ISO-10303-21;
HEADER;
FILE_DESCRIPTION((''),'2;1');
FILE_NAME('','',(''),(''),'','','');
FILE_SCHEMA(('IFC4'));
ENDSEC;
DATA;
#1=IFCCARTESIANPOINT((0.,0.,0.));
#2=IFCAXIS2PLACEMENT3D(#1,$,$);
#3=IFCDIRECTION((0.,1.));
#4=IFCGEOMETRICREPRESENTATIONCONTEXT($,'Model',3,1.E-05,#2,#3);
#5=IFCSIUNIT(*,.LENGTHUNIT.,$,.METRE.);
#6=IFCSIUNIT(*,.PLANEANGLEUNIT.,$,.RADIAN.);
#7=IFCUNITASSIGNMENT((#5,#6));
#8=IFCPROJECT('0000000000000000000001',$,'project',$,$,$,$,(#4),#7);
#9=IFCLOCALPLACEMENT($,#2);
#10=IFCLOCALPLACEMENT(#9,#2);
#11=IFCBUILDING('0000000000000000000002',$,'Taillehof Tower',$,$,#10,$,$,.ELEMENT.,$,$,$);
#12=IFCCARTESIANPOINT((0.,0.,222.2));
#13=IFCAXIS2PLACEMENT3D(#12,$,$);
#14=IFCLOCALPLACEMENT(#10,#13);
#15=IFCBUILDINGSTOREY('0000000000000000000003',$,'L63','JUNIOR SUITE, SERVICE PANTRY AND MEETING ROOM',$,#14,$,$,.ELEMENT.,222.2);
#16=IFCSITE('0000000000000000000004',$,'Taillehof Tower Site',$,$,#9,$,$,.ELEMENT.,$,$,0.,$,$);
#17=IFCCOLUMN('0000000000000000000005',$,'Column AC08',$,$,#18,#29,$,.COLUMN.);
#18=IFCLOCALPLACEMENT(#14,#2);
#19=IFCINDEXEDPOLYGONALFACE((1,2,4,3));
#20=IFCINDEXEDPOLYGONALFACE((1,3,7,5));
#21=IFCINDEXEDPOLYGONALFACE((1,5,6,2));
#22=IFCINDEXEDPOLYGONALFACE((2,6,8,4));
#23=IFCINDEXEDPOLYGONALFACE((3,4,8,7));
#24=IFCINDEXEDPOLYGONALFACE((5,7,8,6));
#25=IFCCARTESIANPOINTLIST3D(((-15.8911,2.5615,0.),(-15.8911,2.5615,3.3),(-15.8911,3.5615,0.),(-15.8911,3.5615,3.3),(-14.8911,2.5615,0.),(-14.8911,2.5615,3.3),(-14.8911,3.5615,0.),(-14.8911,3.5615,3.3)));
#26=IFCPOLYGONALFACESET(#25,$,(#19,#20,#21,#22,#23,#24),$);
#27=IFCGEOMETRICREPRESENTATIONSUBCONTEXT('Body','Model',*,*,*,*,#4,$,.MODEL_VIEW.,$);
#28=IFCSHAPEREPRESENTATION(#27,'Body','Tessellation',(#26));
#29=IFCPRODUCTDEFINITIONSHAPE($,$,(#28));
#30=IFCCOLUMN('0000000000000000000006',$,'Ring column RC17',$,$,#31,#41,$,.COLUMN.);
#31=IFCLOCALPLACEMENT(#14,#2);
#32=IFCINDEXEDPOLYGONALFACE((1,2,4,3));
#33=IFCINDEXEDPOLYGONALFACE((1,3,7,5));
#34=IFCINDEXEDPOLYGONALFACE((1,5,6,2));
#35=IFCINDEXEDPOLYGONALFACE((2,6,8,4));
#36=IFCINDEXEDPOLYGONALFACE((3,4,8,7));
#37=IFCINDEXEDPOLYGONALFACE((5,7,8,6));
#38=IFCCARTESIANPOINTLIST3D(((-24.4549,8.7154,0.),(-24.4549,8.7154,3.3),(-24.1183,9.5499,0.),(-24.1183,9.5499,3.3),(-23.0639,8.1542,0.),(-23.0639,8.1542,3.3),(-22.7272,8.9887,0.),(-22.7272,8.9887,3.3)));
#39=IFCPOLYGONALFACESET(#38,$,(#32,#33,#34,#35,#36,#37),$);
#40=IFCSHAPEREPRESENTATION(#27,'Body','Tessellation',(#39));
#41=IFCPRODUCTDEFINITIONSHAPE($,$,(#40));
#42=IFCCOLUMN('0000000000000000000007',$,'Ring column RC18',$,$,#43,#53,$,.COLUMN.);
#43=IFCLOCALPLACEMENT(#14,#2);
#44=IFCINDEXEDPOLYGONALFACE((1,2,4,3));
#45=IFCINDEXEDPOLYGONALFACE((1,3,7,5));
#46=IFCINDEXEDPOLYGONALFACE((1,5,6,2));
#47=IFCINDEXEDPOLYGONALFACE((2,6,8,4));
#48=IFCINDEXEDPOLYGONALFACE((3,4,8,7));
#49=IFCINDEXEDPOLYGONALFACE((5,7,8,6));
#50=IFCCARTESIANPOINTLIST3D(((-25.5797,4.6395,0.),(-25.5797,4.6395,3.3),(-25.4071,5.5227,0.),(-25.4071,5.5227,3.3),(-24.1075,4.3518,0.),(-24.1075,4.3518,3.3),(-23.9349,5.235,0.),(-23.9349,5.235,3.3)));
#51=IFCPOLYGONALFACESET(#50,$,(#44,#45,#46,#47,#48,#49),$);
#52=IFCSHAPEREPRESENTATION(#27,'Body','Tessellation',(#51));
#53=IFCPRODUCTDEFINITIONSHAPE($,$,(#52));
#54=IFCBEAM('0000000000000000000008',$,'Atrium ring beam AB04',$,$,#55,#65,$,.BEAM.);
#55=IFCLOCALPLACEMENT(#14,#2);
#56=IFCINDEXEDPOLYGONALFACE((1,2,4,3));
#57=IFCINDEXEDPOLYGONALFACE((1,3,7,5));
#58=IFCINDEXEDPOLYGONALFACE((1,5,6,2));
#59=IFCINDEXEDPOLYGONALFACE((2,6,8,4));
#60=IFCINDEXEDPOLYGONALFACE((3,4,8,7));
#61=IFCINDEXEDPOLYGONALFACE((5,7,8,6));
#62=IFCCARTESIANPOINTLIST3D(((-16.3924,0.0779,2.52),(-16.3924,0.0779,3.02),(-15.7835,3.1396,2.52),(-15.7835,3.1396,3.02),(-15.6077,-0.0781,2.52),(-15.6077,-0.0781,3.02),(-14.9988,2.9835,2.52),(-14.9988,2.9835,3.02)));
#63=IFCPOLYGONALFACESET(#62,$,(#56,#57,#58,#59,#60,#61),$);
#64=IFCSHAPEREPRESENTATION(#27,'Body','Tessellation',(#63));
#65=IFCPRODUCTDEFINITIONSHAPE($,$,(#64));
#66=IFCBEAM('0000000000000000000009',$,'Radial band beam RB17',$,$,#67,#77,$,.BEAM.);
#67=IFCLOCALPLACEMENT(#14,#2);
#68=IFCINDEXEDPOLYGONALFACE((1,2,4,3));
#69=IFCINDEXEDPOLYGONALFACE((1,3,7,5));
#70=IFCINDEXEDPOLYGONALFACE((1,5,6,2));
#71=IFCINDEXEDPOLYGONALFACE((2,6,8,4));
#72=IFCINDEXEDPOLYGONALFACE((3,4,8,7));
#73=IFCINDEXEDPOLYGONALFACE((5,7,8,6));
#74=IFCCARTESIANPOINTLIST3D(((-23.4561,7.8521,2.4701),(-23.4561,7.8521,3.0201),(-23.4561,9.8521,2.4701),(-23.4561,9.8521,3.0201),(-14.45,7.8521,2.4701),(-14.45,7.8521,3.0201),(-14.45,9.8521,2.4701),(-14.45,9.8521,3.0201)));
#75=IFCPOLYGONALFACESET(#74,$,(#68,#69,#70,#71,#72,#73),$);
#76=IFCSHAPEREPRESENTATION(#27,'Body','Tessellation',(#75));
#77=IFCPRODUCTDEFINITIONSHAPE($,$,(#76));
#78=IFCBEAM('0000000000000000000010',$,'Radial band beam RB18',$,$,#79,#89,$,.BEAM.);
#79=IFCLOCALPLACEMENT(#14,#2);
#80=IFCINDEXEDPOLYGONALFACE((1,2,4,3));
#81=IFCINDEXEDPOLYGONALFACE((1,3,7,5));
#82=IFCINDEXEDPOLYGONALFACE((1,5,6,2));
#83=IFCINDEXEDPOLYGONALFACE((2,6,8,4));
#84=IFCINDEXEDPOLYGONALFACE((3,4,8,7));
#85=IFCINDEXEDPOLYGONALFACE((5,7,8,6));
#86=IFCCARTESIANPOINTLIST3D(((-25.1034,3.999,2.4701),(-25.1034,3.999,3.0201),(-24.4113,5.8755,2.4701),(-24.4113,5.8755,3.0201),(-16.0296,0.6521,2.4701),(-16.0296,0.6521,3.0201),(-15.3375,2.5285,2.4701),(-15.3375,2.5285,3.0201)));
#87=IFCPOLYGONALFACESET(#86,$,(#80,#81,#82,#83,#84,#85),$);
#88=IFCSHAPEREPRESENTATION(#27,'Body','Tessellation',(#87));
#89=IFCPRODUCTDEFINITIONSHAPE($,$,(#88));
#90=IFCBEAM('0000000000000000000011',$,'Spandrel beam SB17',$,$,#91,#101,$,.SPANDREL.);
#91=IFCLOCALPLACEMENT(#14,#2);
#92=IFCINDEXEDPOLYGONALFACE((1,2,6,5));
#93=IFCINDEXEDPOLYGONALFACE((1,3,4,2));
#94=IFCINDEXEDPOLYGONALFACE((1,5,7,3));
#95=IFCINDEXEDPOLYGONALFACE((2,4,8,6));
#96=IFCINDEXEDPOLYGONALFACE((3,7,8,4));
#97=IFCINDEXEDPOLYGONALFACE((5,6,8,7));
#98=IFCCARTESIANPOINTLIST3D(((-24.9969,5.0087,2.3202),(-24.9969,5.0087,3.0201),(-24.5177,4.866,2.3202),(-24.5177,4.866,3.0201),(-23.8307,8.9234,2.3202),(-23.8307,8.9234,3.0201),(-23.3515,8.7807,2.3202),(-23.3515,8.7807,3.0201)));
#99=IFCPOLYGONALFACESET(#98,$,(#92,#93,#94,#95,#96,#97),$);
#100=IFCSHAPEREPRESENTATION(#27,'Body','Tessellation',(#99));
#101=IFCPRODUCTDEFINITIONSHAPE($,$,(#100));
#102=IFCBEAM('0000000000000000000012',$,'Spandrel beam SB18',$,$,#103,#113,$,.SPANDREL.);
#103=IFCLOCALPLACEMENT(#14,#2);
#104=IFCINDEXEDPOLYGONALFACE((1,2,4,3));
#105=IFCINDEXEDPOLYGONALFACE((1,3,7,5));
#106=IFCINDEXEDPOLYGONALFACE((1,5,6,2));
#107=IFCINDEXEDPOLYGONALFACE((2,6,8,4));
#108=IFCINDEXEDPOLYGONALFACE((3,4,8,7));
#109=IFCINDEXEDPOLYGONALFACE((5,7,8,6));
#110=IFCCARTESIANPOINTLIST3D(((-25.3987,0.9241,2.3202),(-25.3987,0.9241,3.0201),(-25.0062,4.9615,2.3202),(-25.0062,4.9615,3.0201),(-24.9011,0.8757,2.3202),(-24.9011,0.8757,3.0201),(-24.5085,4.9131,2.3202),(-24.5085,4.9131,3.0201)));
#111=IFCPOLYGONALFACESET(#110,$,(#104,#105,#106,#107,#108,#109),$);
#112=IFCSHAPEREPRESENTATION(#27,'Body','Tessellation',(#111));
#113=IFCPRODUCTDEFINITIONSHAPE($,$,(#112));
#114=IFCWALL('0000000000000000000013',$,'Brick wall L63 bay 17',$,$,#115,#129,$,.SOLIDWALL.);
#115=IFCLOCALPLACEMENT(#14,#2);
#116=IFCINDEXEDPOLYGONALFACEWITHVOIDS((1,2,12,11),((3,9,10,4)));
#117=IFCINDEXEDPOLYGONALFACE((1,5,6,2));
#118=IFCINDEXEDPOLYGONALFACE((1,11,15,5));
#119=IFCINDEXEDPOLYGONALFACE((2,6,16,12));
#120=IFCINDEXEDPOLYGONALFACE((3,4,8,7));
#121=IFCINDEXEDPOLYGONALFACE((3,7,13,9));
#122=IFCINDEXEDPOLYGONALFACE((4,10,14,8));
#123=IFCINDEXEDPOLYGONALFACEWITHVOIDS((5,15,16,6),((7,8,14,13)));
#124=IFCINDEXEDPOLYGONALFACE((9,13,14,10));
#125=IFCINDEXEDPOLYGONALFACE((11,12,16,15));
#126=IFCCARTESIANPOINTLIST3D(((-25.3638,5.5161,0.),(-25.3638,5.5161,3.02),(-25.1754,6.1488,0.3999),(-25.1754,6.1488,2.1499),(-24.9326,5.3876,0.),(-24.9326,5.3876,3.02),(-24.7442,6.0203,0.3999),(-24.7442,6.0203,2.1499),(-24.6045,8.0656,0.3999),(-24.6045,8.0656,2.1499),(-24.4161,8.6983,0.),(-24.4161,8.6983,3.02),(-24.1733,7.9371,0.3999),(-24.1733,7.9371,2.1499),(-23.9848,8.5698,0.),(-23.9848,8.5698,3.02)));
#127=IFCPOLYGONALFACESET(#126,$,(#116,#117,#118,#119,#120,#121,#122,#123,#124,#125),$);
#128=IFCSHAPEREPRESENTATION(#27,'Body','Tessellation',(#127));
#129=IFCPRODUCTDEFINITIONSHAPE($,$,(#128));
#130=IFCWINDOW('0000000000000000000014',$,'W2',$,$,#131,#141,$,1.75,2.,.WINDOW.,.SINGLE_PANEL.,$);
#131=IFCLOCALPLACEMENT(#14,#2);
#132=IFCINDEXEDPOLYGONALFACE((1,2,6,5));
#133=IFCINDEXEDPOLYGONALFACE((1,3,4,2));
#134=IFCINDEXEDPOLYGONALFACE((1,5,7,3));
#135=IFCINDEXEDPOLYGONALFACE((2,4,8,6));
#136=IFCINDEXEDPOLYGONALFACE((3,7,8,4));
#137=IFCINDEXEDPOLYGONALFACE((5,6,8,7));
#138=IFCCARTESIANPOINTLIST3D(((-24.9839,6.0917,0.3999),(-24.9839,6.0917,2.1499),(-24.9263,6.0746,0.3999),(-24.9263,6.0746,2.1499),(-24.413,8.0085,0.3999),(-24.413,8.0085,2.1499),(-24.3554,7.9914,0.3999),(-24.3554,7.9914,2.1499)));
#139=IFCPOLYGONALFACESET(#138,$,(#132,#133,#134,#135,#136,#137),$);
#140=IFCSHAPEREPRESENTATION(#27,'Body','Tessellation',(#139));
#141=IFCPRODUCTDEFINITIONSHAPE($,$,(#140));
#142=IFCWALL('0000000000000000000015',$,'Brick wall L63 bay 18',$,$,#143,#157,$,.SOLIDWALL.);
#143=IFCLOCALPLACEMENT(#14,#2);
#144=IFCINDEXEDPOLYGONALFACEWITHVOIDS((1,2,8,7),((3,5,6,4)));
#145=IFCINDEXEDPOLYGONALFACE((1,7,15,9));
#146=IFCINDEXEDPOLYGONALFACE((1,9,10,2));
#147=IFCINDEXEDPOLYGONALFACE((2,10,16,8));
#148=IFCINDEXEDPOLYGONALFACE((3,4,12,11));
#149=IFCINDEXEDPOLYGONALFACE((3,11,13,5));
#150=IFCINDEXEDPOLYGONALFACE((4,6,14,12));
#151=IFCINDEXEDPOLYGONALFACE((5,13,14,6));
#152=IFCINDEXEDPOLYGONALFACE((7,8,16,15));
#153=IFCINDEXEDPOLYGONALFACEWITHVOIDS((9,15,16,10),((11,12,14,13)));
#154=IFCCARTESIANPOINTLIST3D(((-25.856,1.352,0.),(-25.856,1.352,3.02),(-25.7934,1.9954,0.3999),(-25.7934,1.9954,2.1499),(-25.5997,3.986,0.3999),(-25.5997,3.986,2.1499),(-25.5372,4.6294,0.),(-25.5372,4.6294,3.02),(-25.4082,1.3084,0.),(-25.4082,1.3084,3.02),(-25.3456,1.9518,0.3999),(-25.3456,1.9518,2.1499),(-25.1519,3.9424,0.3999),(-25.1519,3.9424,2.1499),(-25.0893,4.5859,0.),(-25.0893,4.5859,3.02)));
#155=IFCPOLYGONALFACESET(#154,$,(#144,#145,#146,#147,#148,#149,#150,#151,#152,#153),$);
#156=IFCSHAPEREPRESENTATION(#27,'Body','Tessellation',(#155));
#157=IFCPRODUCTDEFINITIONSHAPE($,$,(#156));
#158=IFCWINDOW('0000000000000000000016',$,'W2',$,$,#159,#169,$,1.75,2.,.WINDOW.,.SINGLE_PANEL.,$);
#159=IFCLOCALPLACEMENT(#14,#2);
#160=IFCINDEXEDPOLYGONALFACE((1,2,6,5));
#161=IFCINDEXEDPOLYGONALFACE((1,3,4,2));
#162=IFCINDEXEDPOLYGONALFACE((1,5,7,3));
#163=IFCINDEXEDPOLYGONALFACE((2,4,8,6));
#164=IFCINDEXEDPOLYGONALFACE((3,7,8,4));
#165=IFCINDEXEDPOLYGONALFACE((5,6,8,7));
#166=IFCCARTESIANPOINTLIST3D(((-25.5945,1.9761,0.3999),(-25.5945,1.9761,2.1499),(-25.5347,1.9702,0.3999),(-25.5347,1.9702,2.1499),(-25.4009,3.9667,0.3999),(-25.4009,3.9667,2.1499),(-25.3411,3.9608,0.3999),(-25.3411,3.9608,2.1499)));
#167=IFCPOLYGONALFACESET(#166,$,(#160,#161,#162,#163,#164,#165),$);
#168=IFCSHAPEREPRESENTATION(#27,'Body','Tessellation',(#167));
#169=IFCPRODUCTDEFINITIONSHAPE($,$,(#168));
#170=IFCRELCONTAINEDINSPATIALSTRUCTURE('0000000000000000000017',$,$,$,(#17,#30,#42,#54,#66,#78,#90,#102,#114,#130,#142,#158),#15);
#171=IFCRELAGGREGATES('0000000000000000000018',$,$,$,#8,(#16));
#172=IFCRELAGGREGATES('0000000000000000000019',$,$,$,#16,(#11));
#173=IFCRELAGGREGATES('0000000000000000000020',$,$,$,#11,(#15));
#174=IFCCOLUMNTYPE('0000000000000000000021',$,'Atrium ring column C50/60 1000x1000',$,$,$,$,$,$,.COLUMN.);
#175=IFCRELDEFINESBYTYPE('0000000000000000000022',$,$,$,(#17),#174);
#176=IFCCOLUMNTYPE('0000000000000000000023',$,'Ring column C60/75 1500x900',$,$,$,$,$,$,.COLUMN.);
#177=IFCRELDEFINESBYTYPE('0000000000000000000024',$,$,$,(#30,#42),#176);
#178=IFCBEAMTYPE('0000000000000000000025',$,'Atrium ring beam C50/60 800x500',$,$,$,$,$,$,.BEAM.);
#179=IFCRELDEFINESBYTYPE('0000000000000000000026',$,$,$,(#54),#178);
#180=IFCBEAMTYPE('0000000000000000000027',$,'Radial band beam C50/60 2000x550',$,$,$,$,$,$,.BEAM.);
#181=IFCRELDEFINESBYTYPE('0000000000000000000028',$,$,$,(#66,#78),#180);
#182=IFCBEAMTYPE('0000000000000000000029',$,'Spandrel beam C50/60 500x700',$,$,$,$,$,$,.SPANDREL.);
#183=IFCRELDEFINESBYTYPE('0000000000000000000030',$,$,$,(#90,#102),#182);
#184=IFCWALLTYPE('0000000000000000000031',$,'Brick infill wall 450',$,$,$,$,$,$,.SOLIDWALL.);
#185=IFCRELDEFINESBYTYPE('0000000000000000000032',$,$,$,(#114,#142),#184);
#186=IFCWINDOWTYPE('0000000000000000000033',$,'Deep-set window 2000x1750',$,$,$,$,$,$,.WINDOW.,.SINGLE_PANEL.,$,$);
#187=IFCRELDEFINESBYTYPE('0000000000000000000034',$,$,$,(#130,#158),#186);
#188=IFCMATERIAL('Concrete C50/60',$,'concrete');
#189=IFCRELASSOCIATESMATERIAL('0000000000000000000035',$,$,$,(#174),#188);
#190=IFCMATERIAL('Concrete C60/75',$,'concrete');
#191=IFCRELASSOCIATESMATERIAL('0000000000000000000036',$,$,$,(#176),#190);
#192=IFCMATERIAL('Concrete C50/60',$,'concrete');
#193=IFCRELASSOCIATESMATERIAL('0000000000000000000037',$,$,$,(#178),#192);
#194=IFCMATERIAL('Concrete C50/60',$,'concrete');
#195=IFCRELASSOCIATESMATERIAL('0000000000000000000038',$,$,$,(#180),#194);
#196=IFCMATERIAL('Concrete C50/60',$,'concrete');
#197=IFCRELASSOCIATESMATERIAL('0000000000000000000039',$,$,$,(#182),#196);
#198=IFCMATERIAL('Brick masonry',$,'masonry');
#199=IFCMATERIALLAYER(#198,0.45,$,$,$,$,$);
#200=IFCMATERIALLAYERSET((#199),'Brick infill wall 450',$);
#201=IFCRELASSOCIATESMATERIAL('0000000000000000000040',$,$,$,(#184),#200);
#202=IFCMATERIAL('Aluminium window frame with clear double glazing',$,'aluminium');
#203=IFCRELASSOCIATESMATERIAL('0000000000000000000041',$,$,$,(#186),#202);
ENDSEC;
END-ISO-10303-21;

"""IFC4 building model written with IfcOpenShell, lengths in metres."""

from ifc_helpers import new_model, si_unit, direction, frame, frame_2d, origin, origin_2d, place, context, subcontext, project, spatial, rectangle, extrude, material, layer, layer_set, material_profile, profile_set, type_object, element, fill, save


model = new_model("IFC4")

# Units and contexts
model_context = context("Model", 3, precision=1e-05, world=origin(), true_north=direction((0.0, 1.0)))
body_context = subcontext(model_context, "Body", "Model", "MODEL_VIEW")
ifc_project = project(units=[si_unit("LENGTHUNIT", "METRE"), si_unit("PLANEANGLEUNIT", "RADIAN")], contexts=[model_context])

# Site, building, storey
site_placement = place(None, origin())
site = spatial("IfcSite", under=ifc_project, at=site_placement, Name="Taillehof Tower Site", CompositionType="ELEMENT", RefElevation=0.0)
building_placement = place(site_placement, origin())
building = spatial("IfcBuilding", under=site, at=building_placement, Name="Taillehof Tower", CompositionType="ELEMENT")
storey_placement = place(building_placement, frame((0.0, 0.0, 222.2)))
storey = spatial("IfcBuildingStorey", under=building, at=storey_placement, Name="L63", Description="JUNIOR SUITE, SERVICE PANTRY AND MEETING ROOM", CompositionType="ELEMENT", Elevation=222.2)

# Columns
ifc_material_1 = material(Name="Concrete C50/60", Category="concrete")
ifc_material_profile_1 = material_profile(ifc_material_1, rectangle(XDim=1.0, YDim=1.0, at=origin_2d()), Name="RC 1000x1000")
ifc_profile_set_1 = profile_set([ifc_material_profile_1], Name="Concrete C50/60")
column_type_1 = type_object("IfcColumnType", Name="Atrium ring column C50/60 1000x1000", PredefinedType="COLUMN", material=ifc_profile_set_1)
column_placement = place(storey_placement, frame((-15.3911, 3.0615, 0.0), z_axis=(0.0, 0.0, 1.0), x_axis=(1.0, 0.0, 0.0)))
element("IfcColumn", 1, at=column_placement, inside=storey, type_object=column_type_1, Name="Column AC08", PredefinedType="COLUMN", context=body_context, shape_type="SweptSolid", body=[
    extrude(rectangle(XDim=1.0, YDim=1.0, at=origin_2d()), origin(), (0.0, 0.0, 1.0), 3.3),
])
ifc_material_2 = material(Name="Concrete C60/75", Category="concrete")
ifc_material_profile_2 = material_profile(ifc_material_2, rectangle(XDim=1.5, YDim=0.8999, at=origin_2d()), Name="RC 1500x900")
ifc_profile_set_2 = profile_set([ifc_material_profile_2], Name="Concrete C60/75")
column_type_2 = type_object("IfcColumnType", Name="Ring column C60/75 1500x900", PredefinedType="COLUMN", material=ifc_profile_set_2)
for number, where, z_axis, x_axis, name in (
    (2, (-23.5911, 8.8521, 0.0), (0.0, 0.0, 1.0), (-0.927385, 0.374108, 0.0), "Ring column RC17"),
    (3, (-24.7573, 4.9373, 0.0), (0.0, 0.0, 1.0), (-0.981434, 0.191801, 0.0), "Ring column RC18"),
):
    element("IfcColumn", number, at=place(storey_placement, frame(where, z_axis=z_axis, x_axis=x_axis)), inside=storey, type_object=column_type_2, Name=name, PredefinedType="COLUMN", context=body_context, shape_type="SweptSolid", body=[
        extrude(rectangle(XDim=1.5, YDim=0.8999, at=origin_2d()), origin(), (0.0, 0.0, 1.0), 3.3),
    ])

# Beams
ifc_material_3 = material(Name="Concrete C50/60", Category="concrete")
ifc_material_profile_3 = material_profile(ifc_material_3, rectangle(XDim=0.8, YDim=0.5, at=origin_2d()), Name="RC 800x500")
ifc_profile_set_3 = profile_set([ifc_material_profile_3], Name="Concrete C50/60")
beam_type_1 = type_object("IfcBeamType", Name="Atrium ring beam C50/60 800x500", PredefinedType="BEAM", material=ifc_profile_set_3)
beam_1_placement = place(storey_placement, frame((-15.3911, 3.0615, 2.77), z_axis=(-0.195063, -0.980791, 0.0), x_axis=(0.980791, -0.195063, 0.0)))
element("IfcBeam", 4, at=beam_1_placement, inside=storey, type_object=beam_type_1, Name="Atrium ring beam AB04", PredefinedType="BEAM", context=body_context, shape_type="SweptSolid", body=[
    extrude(rectangle(XDim=0.8, YDim=0.5, at=origin_2d()), origin(), (0.0, 0.0, 1.0), 3.1216),
])
ifc_material_4 = material(Name="Concrete C50/60", Category="concrete")
ifc_material_profile_4 = material_profile(ifc_material_4, rectangle(XDim=2.0, YDim=0.55, at=origin_2d()), Name="RC 2000x550")
ifc_profile_set_4 = profile_set([ifc_material_profile_4], Name="Concrete C50/60")
beam_type_2 = type_object("IfcBeamType", Name="Radial band beam C50/60 2000x550", PredefinedType="BEAM", material=ifc_profile_set_4)
beam_2_placement = place(storey_placement, frame((-23.4561, 8.8521, 2.7451), z_axis=(1.0, 0.0, 0.0), x_axis=(0.0, 1.0, 0.0)))
element("IfcBeam", 5, at=beam_2_placement, inside=storey, type_object=beam_type_2, Name="Radial band beam RB17", PredefinedType="BEAM", context=body_context, shape_type="SweptSolid", body=[
    extrude(rectangle(XDim=2.0, YDim=0.55, at=origin_2d()), origin(), (0.0, 0.0, 1.0), 9.0061),
])
beam_3_placement = place(storey_placement, frame((-24.7573, 4.9373, 2.7451), z_axis=(0.93821, -0.346067, 0.0), x_axis=(0.346067, 0.93821, 0.0)))
element("IfcBeam", 6, at=beam_3_placement, inside=storey, type_object=beam_type_2, Name="Radial band beam RB18", PredefinedType="BEAM", context=body_context, shape_type="SweptSolid", body=[
    extrude(rectangle(XDim=2.0, YDim=0.55, at=origin_2d()), origin(), (0.0, 0.0, 1.0), 9.6714),
])
ifc_material_5 = material(Name="Concrete C50/60", Category="concrete")
ifc_material_profile_5 = material_profile(ifc_material_5, rectangle(XDim=0.5, YDim=0.7, at=origin_2d()), Name="RC 500x700")
ifc_profile_set_5 = profile_set([ifc_material_profile_5], Name="Concrete C50/60")
beam_type_3 = type_object("IfcBeamType", Name="Spandrel beam C50/60 500x700", PredefinedType="SPANDREL", material=ifc_profile_set_5)
beam_4_placement = place(storey_placement, frame((-23.5911, 8.8521, 2.6702), z_axis=(-0.28551, -0.958376, 0.0), x_axis=(0.958376, -0.28551, 0.0)))
element("IfcBeam", 7, at=beam_4_placement, inside=storey, type_object=beam_type_3, Name="Spandrel beam SB17", PredefinedType="SPANDREL", context=body_context, shape_type="SweptSolid", body=[
    extrude(rectangle(XDim=0.5, YDim=0.7, at=origin_2d()), origin(), (0.0, 0.0, 1.0), 4.0847),
])
beam_5_placement = place(storey_placement, frame((-24.7573, 4.9373, 2.6702), z_axis=(-0.09678, -0.995306, 0.0), x_axis=(0.995306, -0.09678, 0.0)))
element("IfcBeam", 8, at=beam_5_placement, inside=storey, type_object=beam_type_3, Name="Spandrel beam SB18", PredefinedType="SPANDREL", context=body_context, shape_type="SweptSolid", body=[
    extrude(rectangle(XDim=0.5, YDim=0.7, at=origin_2d()), origin(), (0.0, 0.0, 1.0), 4.0564),
])

# Walls, openings, windows
ifc_material_6 = material(Name="Brick masonry", Category="masonry")
ifc_layer_1 = layer(ifc_material_6, 0.45)
ifc_layer_set_1 = layer_set([ifc_layer_1], Name="Brick infill wall 450")
wall_type_1 = type_object("IfcWallType", Name="Brick infill wall 450", PredefinedType="SOLIDWALL", material=ifc_layer_set_1)
wall_1_placement = place(storey_placement, frame((-24.2004, 8.634, 0.0), z_axis=(0.0, 0.0, 1.0), x_axis=(-0.285445, -0.958395, 0.0)))
wall_1 = element("IfcWall", 9, at=wall_1_placement, inside=storey, type_object=wall_type_1, Name="Brick wall L63 bay 17", PredefinedType="SOLIDWALL", context=body_context, shape_type="SweptSolid", body=[
    extrude(rectangle(XDim=3.3203, YDim=0.45, at=frame_2d((1.6602, 0.0))), origin(), (0.0, 0.0, 1.0), 3.02),
])
opening_1_placement = place(wall_1_placement, frame((0.6602, 0.0, 0.3999)))
opening_1 = element("IfcOpeningElement", 10, at=opening_1_placement, cuts=wall_1, PredefinedType="OPENING", context=body_context, shape_type="SweptSolid", body=[
    extrude(rectangle(XDim=2.0, YDim=1.75, at=frame_2d((1.0, 0.875))), frame((0.0, 0.2349, 0.0), z_axis=(0.0, -1.0, 0.0), x_axis=(1.0, 0.0, 0.0)), (0.0, 0.0, 1.0), 0.47),
])
ifc_material_7 = material(Name="Aluminium window frame with clear double glazing", Category="aluminium")
window_type = type_object("IfcWindowType", Name="Deep-set window 2000x1750", PartitioningType="SINGLE_PANEL", PredefinedType="WINDOW", material=ifc_material_7)
window_1_placement = place(opening_1_placement, origin())
window_1 = element("IfcWindow", 11, at=window_1_placement, inside=storey, type_object=window_type, Name="W2", OverallHeight=1.75, OverallWidth=2.0, PartitioningType="SINGLE_PANEL", PredefinedType="WINDOW", context=body_context, shape_type="SweptSolid", body=[
    extrude(rectangle(XDim=2.0, YDim=1.75, at=frame_2d((1.0, 0.875))), frame((0.0, 0.0349, 0.0), z_axis=(0.0, -1.0, 0.0), x_axis=(1.0, 0.0, 0.0)), (0.0, 0.0, 1.0), 0.0601),
])
fill(opening_1, window_1)
wall_2_placement = place(storey_placement, frame((-25.3132, 4.6077, 0.0), z_axis=(0.0, 0.0, 1.0), x_axis=(-0.096824, -0.995302, 0.0)))
wall_2 = element("IfcWall", 12, at=wall_2_placement, inside=storey, type_object=wall_type_1, Name="Brick wall L63 bay 18", PredefinedType="SOLIDWALL", context=body_context, shape_type="SweptSolid", body=[
    extrude(rectangle(XDim=3.293, YDim=0.45, at=frame_2d((1.6465, 0.0))), origin(), (0.0, 0.0, 1.0), 3.02),
])
opening_2_placement = place(wall_2_placement, frame((0.6465, 0.0, 0.3999)))
opening_2 = element("IfcOpeningElement", 13, at=opening_2_placement, cuts=wall_2, PredefinedType="OPENING", context=body_context, shape_type="SweptSolid", body=[
    extrude(rectangle(XDim=2.0, YDim=1.75, at=frame_2d((1.0, 0.875))), frame((0.0, 0.2349, 0.0), z_axis=(0.0, -1.0, 0.0), x_axis=(1.0, 0.0, 0.0)), (0.0, 0.0, 1.0), 0.47),
])
window_2_placement = place(opening_2_placement, origin())
window_2 = element("IfcWindow", 14, at=window_2_placement, inside=storey, type_object=window_type, Name="W2", OverallHeight=1.75, OverallWidth=2.0, PartitioningType="SINGLE_PANEL", PredefinedType="WINDOW", context=body_context, shape_type="SweptSolid", body=[
    extrude(rectangle(XDim=2.0, YDim=1.75, at=frame_2d((1.0, 0.875))), frame((0.0, 0.0349, 0.0), z_axis=(0.0, -1.0, 0.0), x_axis=(1.0, 0.0, 0.0)), (0.0, 0.0, 1.0), 0.0601),
])
fill(opening_2, window_2)

save(model, "model.ifc")
